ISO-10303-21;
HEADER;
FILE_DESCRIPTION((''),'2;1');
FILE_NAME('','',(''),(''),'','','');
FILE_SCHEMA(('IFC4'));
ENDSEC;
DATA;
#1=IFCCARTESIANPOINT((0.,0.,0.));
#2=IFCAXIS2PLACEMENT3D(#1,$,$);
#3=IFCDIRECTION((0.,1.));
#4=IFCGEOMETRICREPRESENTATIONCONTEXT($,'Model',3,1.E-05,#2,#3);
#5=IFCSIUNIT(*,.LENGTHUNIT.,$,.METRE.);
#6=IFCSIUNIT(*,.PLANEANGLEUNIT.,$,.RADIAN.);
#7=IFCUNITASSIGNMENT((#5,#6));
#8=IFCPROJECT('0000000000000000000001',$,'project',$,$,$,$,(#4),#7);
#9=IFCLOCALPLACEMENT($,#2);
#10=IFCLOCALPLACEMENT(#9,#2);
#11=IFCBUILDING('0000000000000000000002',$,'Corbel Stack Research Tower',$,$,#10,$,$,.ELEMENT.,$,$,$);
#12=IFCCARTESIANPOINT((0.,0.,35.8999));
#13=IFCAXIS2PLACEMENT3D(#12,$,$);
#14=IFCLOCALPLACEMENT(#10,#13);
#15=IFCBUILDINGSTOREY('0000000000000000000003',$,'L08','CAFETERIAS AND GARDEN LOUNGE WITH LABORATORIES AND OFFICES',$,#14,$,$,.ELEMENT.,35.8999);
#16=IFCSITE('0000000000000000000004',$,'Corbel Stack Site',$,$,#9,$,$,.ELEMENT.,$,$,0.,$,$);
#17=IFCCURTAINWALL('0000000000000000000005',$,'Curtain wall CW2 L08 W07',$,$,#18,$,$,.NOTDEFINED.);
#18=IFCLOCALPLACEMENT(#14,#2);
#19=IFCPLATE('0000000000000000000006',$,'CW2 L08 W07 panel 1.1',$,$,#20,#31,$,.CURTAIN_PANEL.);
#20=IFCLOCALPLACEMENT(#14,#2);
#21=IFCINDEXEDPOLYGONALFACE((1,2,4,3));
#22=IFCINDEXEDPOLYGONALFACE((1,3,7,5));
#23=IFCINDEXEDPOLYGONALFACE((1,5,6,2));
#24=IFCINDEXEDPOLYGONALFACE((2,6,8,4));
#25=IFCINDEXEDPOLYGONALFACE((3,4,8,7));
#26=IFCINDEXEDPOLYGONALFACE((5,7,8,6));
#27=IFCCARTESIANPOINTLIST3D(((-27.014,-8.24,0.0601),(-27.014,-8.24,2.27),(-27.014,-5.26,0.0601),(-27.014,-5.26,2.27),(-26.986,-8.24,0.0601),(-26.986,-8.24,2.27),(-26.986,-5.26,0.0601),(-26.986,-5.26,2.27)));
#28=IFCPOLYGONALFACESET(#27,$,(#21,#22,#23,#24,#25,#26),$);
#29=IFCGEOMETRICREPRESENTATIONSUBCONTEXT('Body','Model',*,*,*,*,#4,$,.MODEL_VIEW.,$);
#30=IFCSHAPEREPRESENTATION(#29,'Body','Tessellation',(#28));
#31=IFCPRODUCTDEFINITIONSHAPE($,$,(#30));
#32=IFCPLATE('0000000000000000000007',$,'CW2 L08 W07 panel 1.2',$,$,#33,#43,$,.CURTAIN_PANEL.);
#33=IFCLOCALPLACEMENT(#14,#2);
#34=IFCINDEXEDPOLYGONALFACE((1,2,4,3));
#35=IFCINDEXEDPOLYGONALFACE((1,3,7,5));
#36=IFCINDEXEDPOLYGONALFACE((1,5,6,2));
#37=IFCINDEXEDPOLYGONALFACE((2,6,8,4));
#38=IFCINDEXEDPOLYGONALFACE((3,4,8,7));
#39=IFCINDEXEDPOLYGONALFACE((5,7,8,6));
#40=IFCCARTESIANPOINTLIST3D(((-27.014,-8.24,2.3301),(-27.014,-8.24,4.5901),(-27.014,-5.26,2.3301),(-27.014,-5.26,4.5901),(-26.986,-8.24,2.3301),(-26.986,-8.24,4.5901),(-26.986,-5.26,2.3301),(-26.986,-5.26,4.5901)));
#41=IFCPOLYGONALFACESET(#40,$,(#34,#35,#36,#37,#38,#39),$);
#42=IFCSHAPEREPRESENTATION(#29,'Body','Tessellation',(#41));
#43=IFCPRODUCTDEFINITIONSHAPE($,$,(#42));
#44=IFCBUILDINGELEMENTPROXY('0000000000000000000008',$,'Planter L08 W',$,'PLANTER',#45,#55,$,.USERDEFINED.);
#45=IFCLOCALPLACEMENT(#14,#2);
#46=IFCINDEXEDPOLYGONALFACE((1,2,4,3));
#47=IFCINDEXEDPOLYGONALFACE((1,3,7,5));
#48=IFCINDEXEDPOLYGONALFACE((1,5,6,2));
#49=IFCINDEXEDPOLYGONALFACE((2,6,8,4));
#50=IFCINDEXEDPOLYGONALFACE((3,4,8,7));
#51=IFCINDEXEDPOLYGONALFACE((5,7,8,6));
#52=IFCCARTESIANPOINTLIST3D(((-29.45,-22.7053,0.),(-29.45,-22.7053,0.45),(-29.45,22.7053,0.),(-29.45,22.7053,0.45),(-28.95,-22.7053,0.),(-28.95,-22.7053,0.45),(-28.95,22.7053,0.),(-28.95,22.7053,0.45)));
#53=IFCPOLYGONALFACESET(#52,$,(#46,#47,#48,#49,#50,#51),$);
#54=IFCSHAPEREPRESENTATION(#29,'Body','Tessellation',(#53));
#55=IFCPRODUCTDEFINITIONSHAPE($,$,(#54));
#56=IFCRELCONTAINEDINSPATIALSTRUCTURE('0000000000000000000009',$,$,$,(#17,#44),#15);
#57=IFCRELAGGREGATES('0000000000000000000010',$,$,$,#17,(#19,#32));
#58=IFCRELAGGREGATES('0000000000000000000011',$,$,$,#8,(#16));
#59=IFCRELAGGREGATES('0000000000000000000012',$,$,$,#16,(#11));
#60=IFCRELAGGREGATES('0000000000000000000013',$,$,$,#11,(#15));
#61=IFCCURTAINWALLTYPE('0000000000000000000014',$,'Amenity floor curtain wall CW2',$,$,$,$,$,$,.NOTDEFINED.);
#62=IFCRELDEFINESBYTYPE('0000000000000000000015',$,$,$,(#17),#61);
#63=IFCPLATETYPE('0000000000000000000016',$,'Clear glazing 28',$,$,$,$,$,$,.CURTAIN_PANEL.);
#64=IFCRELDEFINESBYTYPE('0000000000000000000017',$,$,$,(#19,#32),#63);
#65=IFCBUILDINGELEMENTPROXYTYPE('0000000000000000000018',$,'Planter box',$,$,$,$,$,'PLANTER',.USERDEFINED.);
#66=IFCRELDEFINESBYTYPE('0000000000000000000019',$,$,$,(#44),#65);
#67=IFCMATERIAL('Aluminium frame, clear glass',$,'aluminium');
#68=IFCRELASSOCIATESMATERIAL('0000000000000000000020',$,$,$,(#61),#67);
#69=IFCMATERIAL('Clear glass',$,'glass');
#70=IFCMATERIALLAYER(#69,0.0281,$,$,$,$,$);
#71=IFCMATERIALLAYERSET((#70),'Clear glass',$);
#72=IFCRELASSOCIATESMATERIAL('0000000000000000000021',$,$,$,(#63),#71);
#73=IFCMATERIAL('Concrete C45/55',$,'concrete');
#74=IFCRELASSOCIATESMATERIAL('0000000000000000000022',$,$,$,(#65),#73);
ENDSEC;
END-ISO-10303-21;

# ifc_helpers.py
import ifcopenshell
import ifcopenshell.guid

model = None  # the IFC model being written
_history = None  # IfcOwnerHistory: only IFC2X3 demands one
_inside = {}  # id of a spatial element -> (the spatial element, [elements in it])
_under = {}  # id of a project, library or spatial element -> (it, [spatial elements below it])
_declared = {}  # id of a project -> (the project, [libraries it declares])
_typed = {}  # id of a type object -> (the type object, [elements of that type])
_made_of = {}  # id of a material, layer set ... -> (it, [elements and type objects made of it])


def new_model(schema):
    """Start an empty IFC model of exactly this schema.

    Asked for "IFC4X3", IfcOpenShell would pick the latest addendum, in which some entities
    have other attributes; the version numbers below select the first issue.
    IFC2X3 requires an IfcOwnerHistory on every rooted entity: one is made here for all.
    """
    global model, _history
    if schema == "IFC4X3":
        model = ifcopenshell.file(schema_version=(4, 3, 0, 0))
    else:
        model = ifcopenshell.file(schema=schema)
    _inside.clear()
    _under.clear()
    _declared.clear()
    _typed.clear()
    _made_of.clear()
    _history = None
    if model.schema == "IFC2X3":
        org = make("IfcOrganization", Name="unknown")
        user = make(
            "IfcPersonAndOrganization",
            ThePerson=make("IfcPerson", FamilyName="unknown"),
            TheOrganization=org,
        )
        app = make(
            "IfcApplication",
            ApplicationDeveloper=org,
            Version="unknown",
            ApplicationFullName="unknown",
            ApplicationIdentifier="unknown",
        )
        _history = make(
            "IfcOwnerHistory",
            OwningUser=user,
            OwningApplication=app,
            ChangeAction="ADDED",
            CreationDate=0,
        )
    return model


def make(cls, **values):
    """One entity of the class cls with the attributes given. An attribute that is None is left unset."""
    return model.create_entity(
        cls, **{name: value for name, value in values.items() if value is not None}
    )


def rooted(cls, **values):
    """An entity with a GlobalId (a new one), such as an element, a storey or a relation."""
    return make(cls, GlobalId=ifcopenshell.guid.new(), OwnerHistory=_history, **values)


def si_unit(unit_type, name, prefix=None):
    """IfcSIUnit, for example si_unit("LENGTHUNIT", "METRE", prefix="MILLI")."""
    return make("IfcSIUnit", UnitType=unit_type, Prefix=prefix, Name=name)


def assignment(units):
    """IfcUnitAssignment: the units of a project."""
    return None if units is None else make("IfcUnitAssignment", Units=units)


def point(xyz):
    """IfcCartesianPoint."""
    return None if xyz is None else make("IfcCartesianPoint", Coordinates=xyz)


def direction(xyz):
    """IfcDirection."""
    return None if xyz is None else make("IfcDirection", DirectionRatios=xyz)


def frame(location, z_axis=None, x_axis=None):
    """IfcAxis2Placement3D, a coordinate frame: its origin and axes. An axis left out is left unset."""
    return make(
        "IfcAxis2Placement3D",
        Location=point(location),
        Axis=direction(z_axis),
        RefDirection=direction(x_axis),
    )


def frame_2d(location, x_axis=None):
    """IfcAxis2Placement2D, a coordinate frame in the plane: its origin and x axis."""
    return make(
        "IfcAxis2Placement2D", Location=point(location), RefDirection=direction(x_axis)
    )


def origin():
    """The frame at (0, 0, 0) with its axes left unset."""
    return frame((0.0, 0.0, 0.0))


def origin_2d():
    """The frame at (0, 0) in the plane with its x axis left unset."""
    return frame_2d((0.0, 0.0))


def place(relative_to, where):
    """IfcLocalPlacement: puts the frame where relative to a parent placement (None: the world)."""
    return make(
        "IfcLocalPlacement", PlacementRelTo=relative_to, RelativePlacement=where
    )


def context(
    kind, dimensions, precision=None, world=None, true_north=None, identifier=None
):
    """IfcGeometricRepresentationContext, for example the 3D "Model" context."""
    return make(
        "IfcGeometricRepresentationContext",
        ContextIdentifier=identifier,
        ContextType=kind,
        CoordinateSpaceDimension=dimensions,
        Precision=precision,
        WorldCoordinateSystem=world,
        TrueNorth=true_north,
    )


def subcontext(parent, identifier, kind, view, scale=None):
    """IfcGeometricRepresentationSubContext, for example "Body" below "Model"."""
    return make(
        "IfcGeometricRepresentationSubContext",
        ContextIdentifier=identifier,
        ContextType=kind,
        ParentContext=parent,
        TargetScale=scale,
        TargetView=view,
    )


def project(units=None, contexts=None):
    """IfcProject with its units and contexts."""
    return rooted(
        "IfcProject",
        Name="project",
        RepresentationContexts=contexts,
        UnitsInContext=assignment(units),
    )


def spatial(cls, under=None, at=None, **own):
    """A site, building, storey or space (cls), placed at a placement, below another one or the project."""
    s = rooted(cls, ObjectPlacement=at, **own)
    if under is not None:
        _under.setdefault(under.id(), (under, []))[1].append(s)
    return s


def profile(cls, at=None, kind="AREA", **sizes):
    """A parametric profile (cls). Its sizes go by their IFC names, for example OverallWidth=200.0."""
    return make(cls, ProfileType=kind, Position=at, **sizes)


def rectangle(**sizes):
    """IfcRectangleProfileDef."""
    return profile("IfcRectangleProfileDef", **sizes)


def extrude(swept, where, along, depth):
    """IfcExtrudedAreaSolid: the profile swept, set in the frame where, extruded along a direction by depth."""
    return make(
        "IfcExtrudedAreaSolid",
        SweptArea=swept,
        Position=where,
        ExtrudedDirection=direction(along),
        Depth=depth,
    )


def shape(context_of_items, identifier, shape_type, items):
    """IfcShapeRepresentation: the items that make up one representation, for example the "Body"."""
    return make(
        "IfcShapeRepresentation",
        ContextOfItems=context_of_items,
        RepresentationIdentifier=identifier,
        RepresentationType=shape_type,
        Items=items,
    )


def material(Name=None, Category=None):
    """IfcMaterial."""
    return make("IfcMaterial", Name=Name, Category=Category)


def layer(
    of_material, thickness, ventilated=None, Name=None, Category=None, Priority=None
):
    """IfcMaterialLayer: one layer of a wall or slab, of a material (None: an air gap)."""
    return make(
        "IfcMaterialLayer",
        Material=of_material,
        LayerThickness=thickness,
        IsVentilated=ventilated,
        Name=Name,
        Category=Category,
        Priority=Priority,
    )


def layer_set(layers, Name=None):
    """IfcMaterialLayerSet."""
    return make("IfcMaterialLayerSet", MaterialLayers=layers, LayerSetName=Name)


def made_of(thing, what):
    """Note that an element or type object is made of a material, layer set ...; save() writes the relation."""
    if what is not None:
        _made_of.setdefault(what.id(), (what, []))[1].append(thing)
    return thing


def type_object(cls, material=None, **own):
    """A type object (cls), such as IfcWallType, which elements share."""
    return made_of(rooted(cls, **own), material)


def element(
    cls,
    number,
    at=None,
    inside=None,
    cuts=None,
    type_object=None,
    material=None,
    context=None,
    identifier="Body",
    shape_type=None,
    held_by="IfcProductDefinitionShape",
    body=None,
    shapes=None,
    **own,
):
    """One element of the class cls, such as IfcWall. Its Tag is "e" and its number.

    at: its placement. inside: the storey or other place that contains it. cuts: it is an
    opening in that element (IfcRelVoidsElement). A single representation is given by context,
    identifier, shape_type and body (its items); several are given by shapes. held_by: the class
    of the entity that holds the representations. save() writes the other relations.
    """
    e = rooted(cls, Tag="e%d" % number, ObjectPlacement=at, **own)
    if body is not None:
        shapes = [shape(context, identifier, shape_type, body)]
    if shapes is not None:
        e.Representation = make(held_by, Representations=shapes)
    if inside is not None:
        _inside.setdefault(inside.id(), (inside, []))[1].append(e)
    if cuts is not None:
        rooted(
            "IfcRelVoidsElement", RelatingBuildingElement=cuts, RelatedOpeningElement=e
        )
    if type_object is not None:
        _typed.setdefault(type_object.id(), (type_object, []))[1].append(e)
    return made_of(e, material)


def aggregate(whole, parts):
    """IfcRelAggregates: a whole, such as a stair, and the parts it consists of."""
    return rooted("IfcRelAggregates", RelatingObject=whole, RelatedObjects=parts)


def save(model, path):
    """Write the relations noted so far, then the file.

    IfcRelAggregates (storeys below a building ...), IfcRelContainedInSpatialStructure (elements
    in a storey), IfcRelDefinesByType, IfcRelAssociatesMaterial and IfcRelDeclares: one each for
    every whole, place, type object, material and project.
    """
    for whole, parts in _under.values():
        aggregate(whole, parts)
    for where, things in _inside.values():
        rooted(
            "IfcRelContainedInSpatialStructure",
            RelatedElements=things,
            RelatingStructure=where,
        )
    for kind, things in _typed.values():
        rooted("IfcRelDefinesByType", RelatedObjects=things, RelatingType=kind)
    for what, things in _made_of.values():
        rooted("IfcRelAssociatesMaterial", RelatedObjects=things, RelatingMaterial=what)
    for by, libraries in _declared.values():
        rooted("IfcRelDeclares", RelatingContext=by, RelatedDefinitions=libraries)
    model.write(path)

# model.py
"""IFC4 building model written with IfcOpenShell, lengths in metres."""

from ifc_helpers import new_model, si_unit, direction, frame, origin, origin_2d, place, context, subcontext, project, spatial, rectangle, extrude, material, layer, layer_set, type_object, element, aggregate, save


model = new_model("IFC4")

# Units and contexts
model_context = context("Model", 3, precision=1e-05, world=origin(), true_north=direction((0.0, 1.0)))
body_context = subcontext(model_context, "Body", "Model", "MODEL_VIEW")
ifc_project = project(units=[si_unit("LENGTHUNIT", "METRE"), si_unit("PLANEANGLEUNIT", "RADIAN")], contexts=[model_context])

# Site, building, storey
site_placement = place(None, origin())
site = spatial("IfcSite", under=ifc_project, at=site_placement, Name="Corbel Stack Site", CompositionType="ELEMENT", RefElevation=0.0)
building_placement = place(site_placement, origin())
building = spatial("IfcBuilding", under=site, at=building_placement, Name="Corbel Stack Research Tower", CompositionType="ELEMENT")
storey_placement = place(building_placement, frame((0.0, 0.0, 35.8999)))
storey = spatial("IfcBuildingStorey", under=building, at=storey_placement, Name="L08", Description="CAFETERIAS AND GARDEN LOUNGE WITH LABORATORIES AND OFFICES", CompositionType="ELEMENT", Elevation=35.8999)

# Curtain wall
ifc_material_1 = material(Name="Aluminium frame, clear glass", Category="aluminium")
curtain_wall_type = type_object("IfcCurtainWallType", Name="Amenity floor curtain wall CW2", PredefinedType="NOTDEFINED", material=ifc_material_1)
curtain_wall_1_placement = place(storey_placement, origin())
curtain_wall_1 = element("IfcCurtainWall", 1, at=curtain_wall_1_placement, inside=storey, type_object=curtain_wall_type, Name="Curtain wall CW2 L08 W07", PredefinedType="NOTDEFINED")

# Plates
ifc_material_2 = material(Name="Clear glass", Category="glass")
ifc_layer = layer(ifc_material_2, 0.0281)
ifc_layer_set = layer_set([ifc_layer], Name="Clear glass")
plate_type = type_object("IfcPlateType", Name="Clear glazing 28", PredefinedType="CURTAIN_PANEL", material=ifc_layer_set)
plate_1_placement = place(storey_placement, frame((-27.0, -6.75, 0.0601), z_axis=(0.0, 0.0, 1.0), x_axis=(0.0, -1.0, 0.0)))
plate_1 = element("IfcPlate", 2, at=plate_1_placement, type_object=plate_type, Name="CW2 L08 W07 panel 1.1", PredefinedType="CURTAIN_PANEL", context=body_context, shape_type="SweptSolid", body=[
    extrude(rectangle(XDim=2.98, YDim=0.0281, at=origin_2d()), origin(), (0.0, 0.0, 1.0), 2.21),
])
plate_2_placement = place(storey_placement, frame((-27.0, -6.75, 2.3301), z_axis=(0.0, 0.0, 1.0), x_axis=(0.0, -1.0, 0.0)))
plate_2 = element("IfcPlate", 3, at=plate_2_placement, type_object=plate_type, Name="CW2 L08 W07 panel 1.2", PredefinedType="CURTAIN_PANEL", context=body_context, shape_type="SweptSolid", body=[
    extrude(rectangle(XDim=2.98, YDim=0.0281, at=origin_2d()), origin(), (0.0, 0.0, 1.0), 2.26),
])
aggregate(curtain_wall_1, [plate_1, plate_2])

# Building element proxy
ifc_material_3 = material(Name="Concrete C45/55", Category="concrete")
building_element_proxy_type = type_object("IfcBuildingElementProxyType", Name="Planter box", ElementType="PLANTER", PredefinedType="USERDEFINED", material=ifc_material_3)
proxy_placement = place(storey_placement, frame((-29.2, 0.0, 0.0), z_axis=(0.0, 0.0, 1.0), x_axis=(0.0, -1.0, 0.0)))
element("IfcBuildingElementProxy", 4, at=proxy_placement, inside=storey, type_object=building_element_proxy_type, Name="Planter L08 W", ObjectType="PLANTER", PredefinedType="USERDEFINED", context=body_context, shape_type="SweptSolid", body=[
    extrude(rectangle(XDim=45.4106, YDim=0.5, at=origin_2d()), origin(), (0.0, 0.0, 1.0), 0.45),
])

save(model, "model.ifc")
